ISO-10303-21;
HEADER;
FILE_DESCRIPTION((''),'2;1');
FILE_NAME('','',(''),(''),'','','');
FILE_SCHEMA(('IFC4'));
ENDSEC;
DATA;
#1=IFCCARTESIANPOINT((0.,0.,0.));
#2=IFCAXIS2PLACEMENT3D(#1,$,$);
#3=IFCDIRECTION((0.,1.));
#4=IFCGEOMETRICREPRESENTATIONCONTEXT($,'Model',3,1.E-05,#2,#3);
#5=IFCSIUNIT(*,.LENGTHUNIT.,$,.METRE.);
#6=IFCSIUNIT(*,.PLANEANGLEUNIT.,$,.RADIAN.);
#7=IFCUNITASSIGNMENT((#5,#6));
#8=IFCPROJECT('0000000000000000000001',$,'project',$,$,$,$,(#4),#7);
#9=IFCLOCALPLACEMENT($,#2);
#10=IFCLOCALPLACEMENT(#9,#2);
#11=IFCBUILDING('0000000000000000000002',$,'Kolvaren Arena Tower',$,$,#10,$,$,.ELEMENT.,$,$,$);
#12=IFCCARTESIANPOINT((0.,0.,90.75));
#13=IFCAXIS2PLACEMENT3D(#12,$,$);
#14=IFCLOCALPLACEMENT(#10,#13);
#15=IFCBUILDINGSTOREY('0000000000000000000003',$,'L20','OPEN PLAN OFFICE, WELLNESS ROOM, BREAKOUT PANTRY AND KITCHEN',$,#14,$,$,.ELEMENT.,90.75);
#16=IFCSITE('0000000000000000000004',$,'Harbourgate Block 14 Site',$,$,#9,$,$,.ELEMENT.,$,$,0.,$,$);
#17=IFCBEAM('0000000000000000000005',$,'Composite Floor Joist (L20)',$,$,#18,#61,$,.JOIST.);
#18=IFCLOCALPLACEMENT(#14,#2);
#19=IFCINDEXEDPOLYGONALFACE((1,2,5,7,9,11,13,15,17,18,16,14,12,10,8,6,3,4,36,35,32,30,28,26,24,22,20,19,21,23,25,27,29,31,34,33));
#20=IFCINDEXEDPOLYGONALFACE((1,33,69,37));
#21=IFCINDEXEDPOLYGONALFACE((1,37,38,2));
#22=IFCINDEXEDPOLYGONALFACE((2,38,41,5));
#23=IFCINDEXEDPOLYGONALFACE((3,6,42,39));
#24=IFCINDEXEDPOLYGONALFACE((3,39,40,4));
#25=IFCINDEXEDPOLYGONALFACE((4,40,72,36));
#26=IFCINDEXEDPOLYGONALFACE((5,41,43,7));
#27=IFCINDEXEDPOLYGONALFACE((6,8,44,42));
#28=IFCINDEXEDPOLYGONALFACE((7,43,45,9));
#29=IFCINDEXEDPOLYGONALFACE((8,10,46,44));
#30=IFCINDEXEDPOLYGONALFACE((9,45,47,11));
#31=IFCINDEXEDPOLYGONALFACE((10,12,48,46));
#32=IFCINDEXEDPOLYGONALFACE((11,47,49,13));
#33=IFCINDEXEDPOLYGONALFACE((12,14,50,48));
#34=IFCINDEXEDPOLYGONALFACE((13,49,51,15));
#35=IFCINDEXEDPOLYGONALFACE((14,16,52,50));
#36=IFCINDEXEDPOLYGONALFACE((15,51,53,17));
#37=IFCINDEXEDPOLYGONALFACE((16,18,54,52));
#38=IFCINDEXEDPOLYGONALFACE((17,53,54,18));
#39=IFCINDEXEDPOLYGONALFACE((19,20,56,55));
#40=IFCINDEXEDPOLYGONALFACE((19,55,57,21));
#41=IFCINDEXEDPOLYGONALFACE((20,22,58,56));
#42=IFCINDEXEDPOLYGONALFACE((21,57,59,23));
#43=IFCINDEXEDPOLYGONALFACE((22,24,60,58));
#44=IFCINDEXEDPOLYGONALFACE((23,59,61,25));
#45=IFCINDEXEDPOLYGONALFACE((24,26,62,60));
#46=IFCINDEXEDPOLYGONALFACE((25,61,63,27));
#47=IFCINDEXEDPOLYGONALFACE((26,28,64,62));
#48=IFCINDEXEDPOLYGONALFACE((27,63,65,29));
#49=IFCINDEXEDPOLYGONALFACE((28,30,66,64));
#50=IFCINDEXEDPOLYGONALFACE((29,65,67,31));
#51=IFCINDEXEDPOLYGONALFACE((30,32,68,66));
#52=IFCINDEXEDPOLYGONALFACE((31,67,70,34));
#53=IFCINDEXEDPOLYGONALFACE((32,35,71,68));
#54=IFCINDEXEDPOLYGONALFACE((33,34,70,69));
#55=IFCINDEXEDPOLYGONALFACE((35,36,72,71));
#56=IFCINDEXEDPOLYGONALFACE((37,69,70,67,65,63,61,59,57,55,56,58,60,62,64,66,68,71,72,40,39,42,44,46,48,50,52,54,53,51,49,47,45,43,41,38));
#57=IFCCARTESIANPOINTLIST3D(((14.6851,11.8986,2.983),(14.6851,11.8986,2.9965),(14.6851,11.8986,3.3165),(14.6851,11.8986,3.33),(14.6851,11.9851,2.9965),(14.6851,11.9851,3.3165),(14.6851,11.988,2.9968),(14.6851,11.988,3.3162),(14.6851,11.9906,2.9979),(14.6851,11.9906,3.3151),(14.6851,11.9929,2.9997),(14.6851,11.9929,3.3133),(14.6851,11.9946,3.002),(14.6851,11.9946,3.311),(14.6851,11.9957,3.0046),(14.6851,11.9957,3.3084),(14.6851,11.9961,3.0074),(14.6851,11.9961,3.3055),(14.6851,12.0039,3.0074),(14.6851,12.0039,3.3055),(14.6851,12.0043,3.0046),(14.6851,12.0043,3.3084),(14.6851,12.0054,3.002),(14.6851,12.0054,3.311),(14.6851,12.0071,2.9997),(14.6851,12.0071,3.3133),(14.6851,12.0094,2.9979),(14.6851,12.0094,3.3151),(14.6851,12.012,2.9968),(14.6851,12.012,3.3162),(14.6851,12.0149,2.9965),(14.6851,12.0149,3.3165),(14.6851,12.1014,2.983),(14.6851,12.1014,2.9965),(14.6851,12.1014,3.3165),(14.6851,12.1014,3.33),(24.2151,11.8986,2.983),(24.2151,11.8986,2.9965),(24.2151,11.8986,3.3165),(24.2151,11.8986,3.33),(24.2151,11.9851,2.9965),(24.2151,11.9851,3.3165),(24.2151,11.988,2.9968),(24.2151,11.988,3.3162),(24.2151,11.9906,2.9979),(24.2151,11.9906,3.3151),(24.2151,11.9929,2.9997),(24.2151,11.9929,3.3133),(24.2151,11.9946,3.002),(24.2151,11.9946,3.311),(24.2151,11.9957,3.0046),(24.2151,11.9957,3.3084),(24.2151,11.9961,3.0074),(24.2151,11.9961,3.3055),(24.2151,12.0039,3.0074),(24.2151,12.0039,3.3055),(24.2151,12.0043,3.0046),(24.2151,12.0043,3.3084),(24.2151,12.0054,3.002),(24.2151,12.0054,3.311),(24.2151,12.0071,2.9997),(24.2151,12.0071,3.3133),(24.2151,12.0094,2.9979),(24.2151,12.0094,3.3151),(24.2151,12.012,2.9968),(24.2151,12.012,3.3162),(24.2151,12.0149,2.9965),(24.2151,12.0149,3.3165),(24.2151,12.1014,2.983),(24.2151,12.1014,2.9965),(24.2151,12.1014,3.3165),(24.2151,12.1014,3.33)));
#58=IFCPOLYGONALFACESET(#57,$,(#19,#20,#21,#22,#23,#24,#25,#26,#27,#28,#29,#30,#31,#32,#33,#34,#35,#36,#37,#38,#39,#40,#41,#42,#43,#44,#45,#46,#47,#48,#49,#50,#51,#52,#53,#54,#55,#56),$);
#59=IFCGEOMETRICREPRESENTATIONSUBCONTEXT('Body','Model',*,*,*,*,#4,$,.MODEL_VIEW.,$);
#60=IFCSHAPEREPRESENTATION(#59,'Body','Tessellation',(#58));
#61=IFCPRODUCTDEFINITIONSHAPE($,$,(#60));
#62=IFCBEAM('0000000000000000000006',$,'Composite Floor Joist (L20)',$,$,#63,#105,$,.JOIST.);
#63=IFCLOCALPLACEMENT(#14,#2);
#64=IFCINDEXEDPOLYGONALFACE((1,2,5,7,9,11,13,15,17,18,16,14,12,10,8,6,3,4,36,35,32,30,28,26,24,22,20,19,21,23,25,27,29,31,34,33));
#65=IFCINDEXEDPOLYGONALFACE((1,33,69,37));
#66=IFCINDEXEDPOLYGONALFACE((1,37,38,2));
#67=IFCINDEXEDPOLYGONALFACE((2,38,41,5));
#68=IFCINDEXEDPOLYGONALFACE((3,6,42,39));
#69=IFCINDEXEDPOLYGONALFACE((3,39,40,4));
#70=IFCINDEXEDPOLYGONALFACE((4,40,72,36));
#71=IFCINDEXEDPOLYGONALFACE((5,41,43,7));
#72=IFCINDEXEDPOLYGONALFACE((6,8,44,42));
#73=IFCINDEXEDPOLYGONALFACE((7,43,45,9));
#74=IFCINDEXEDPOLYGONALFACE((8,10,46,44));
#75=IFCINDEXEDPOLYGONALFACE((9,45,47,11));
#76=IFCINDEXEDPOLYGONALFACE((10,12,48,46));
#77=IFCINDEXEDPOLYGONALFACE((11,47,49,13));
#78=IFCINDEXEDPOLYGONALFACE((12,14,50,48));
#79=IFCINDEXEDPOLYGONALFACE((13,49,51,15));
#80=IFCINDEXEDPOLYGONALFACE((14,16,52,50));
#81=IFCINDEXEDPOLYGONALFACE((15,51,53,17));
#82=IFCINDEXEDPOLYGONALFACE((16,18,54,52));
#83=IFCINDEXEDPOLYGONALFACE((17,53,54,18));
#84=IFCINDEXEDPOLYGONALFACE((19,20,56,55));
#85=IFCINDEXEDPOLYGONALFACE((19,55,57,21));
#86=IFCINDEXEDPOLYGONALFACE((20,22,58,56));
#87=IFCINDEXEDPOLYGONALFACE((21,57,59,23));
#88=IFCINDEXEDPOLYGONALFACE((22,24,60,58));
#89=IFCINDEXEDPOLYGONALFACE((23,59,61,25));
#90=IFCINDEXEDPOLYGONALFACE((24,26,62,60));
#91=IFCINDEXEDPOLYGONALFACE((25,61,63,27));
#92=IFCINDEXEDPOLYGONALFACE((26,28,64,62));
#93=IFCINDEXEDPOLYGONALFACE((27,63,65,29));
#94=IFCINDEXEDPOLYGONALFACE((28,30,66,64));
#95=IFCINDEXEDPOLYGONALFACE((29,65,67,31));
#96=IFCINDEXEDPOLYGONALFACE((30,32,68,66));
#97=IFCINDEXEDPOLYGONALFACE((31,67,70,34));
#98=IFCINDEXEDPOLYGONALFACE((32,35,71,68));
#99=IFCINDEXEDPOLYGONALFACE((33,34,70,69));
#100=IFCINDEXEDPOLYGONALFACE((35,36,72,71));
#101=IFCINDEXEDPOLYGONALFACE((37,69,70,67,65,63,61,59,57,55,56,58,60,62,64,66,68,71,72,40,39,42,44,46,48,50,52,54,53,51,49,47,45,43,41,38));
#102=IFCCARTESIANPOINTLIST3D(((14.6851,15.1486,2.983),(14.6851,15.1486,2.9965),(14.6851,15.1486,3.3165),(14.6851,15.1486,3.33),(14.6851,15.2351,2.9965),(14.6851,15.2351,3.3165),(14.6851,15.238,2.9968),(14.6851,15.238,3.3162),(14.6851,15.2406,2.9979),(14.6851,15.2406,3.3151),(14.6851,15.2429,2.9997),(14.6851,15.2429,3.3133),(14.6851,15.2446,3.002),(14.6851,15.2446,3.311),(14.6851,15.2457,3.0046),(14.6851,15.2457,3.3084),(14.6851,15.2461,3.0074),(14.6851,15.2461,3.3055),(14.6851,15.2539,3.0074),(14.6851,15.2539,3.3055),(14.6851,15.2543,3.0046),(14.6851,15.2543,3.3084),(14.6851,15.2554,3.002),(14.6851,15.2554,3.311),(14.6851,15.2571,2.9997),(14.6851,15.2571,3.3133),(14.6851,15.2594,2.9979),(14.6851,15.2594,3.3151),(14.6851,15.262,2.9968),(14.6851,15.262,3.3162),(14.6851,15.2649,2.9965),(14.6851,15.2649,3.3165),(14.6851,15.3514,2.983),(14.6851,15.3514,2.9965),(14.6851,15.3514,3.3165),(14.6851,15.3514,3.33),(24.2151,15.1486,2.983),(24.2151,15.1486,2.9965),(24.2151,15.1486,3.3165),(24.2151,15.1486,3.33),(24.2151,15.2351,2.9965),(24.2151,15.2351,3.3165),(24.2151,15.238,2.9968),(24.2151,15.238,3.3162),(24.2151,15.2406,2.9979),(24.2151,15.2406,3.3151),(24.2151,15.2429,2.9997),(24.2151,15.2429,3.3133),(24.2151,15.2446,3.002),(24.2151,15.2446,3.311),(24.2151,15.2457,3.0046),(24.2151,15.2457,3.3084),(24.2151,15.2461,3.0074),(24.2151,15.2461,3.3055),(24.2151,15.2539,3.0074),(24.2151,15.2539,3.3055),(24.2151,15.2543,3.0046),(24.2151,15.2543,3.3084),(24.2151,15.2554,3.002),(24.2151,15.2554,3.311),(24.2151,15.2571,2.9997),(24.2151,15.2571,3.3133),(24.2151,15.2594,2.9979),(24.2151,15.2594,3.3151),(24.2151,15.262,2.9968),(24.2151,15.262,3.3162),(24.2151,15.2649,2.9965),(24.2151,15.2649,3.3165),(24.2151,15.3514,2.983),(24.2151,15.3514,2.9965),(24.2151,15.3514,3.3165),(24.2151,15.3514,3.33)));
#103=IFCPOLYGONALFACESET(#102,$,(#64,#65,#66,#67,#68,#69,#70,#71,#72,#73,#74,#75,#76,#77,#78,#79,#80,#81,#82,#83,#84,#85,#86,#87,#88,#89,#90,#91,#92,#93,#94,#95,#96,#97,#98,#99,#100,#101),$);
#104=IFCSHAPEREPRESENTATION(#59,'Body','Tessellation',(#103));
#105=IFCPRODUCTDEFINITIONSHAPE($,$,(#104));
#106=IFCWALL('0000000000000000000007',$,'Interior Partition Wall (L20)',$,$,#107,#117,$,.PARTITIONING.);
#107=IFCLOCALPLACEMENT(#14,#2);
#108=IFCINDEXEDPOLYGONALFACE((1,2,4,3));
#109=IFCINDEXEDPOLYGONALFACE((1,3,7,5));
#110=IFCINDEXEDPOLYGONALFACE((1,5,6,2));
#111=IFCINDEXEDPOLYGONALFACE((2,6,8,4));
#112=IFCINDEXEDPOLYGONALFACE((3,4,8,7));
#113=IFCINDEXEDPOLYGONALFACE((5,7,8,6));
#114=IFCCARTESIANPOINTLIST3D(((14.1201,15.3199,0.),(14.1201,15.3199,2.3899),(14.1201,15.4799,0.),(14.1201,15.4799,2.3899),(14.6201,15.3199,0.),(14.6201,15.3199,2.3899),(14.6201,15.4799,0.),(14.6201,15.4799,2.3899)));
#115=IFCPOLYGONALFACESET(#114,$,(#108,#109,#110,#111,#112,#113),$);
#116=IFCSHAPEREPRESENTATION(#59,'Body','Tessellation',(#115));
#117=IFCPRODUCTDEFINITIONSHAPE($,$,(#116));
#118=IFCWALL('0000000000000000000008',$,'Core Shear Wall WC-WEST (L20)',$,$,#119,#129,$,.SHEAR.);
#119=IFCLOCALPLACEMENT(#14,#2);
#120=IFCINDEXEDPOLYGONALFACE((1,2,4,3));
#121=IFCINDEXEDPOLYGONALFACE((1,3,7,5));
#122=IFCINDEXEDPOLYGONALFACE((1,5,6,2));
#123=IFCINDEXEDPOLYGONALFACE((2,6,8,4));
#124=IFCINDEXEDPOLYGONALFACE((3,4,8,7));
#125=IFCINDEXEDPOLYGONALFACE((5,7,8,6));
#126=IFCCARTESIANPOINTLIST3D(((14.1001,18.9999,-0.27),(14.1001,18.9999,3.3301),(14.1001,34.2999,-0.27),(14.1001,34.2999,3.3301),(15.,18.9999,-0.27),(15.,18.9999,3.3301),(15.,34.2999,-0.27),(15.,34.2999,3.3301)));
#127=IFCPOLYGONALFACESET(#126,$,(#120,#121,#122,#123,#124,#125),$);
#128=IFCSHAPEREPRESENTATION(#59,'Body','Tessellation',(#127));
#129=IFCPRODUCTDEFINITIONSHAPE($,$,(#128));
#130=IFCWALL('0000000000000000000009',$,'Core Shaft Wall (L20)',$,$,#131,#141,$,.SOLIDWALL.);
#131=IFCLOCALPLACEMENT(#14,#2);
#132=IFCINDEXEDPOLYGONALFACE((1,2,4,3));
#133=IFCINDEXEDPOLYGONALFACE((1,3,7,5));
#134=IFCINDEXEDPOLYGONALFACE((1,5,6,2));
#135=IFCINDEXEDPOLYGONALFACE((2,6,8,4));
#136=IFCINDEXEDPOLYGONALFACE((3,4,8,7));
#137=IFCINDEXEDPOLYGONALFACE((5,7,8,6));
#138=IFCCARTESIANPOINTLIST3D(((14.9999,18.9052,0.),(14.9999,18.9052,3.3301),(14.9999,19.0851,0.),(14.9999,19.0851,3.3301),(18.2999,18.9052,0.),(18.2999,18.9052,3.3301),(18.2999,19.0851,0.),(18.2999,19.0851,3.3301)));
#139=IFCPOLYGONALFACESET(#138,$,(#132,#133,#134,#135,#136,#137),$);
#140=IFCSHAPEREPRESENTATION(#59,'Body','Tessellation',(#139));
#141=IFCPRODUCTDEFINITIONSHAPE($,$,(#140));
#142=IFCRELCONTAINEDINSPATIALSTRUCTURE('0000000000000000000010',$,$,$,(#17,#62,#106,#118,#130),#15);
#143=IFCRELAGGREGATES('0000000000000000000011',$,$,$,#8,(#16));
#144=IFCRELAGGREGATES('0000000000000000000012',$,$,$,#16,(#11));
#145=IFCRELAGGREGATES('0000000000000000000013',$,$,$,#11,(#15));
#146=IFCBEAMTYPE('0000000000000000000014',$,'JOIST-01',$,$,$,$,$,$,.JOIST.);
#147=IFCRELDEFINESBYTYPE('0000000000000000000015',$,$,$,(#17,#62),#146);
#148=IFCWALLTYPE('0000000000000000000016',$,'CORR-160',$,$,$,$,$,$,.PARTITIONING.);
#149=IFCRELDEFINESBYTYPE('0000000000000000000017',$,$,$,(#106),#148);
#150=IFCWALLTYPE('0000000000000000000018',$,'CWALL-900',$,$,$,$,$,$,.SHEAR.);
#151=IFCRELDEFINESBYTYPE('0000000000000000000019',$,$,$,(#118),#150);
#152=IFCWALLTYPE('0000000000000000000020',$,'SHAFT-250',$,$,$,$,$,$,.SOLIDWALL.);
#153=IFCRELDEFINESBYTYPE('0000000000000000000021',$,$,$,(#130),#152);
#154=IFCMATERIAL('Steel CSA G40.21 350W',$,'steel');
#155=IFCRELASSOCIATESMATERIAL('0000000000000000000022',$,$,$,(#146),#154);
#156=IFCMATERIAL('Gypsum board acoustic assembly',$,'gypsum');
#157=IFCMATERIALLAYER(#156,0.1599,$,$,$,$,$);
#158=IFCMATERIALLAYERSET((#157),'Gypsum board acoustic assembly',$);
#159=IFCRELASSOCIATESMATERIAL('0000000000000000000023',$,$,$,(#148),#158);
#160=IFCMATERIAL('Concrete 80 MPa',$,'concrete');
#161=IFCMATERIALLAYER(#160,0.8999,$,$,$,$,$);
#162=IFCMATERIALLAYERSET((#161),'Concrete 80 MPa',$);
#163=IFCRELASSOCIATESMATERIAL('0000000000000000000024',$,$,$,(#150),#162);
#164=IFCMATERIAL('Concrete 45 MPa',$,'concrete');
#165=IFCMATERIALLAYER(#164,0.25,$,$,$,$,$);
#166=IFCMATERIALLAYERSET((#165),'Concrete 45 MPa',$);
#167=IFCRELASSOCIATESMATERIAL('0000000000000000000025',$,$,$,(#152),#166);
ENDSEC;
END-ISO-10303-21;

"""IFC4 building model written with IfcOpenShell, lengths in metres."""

from ifc_helpers import new_model, si_unit, direction, frame, frame_2d, origin, origin_2d, place, context, subcontext, project, spatial, rectangle, i_section, extrude, material, layer, layer_set, material_profile, profile_set, type_object, element, save


model = new_model("IFC4")

# Units and contexts
model_context = context("Model", 3, precision=1e-05, world=origin(), true_north=direction((0.0, 1.0)))
body_context = subcontext(model_context, "Body", "Model", "MODEL_VIEW")
ifc_project = project(units=[si_unit("LENGTHUNIT", "METRE"), si_unit("PLANEANGLEUNIT", "RADIAN")], contexts=[model_context])

# Site, building, storey
site_placement = place(None, origin())
site = spatial("IfcSite", under=ifc_project, at=site_placement, Name="Harbourgate Block 14 Site", CompositionType="ELEMENT", RefElevation=0.0)
building_placement = place(site_placement, origin())
building = spatial("IfcBuilding", under=site, at=building_placement, Name="Kolvaren Arena Tower", CompositionType="ELEMENT")
storey_placement = place(building_placement, frame((0.0, 0.0, 90.75)))
storey = spatial("IfcBuildingStorey", under=building, at=storey_placement, Name="L20", Description="OPEN PLAN OFFICE, WELLNESS ROOM, BREAKOUT PANTRY AND KITCHEN", CompositionType="ELEMENT", Elevation=90.75)

# Beams
ifc_material_1 = material(Name="Steel CSA G40.21 350W", Category="steel")
ifc_material_profile_1 = material_profile(ifc_material_1, i_section(OverallWidth=0.2029, OverallDepth=0.3469, WebThickness=0.0078, FlangeThickness=0.0134, FilletRadius=0.011, at=origin_2d()), Name="W360x64")
ifc_profile_set_1 = profile_set([ifc_material_profile_1], Name="Steel CSA G40.21 350W")
beam_type_1 = type_object("IfcBeamType", Name="JOIST-01", PredefinedType="JOIST", material=ifc_profile_set_1)
for number, where, z_axis, x_axis, name in (
    (1, (14.6851, 12.0, 3.1565), (1.0, 0.0, 0.0), (0.0, 1.0, 0.0), "Composite Floor Joist (L20)"),
    (2, (14.6851, 15.25, 3.1565), (1.0, 0.0, 0.0), (0.0, 1.0, 0.0), "Composite Floor Joist (L20)"),
):
    element("IfcBeam", number, at=place(storey_placement, frame(where, z_axis=z_axis, x_axis=x_axis)), inside=storey, type_object=beam_type_1, Name=name, PredefinedType="JOIST", context=body_context, shape_type="SweptSolid", body=[
        extrude(i_section(OverallWidth=0.2029, OverallDepth=0.3469, WebThickness=0.0078, FlangeThickness=0.0134, FilletRadius=0.011, at=origin_2d()), origin(), (0.0, 0.0, 1.0), 9.53),
    ])

# Walls
ifc_material_2 = material(Name="Gypsum board acoustic assembly", Category="gypsum")
ifc_layer_1 = layer(ifc_material_2, 0.1599)
ifc_layer_set_1 = layer_set([ifc_layer_1], Name="Gypsum board acoustic assembly")
wall_type_1 = type_object("IfcWallType", Name="CORR-160", PredefinedType="PARTITIONING", material=ifc_layer_set_1)
wall_1_placement = place(storey_placement, frame((14.1201, 15.3999, 0.0), z_axis=(0.0, 0.0, 1.0), x_axis=(1.0, 0.0, 0.0)))
element("IfcWall", 3, at=wall_1_placement, inside=storey, type_object=wall_type_1, Name="Interior Partition Wall (L20)", PredefinedType="PARTITIONING", context=body_context, shape_type="SweptSolid", body=[
    extrude(rectangle(XDim=0.5, YDim=0.1599, at=frame_2d((0.25, 0.0))), origin(), (0.0, 0.0, 1.0), 2.3899),
])
ifc_material_3 = material(Name="Concrete 80 MPa", Category="concrete")
ifc_layer_2 = layer(ifc_material_3, 0.8999)
ifc_layer_set_2 = layer_set([ifc_layer_2], Name="Concrete 80 MPa")
wall_type_2 = type_object("IfcWallType", Name="CWALL-900", PredefinedType="SHEAR", material=ifc_layer_set_2)
wall_2_placement = place(storey_placement, frame((14.55, 19.0, -0.27), z_axis=(0.0, 0.0, 1.0), x_axis=(0.0, 1.0, 0.0)))
element("IfcWall", 4, at=wall_2_placement, inside=storey, type_object=wall_type_2, Name="Core Shear Wall WC-WEST (L20)", PredefinedType="SHEAR", context=body_context, shape_type="SweptSolid", body=[
    extrude(rectangle(XDim=15.3, YDim=0.8999, at=frame_2d((7.6499, 0.0))), origin(), (0.0, 0.0, 1.0), 3.6001),
])
ifc_material_4 = material(Name="Concrete 45 MPa", Category="concrete")
ifc_layer_3 = layer(ifc_material_4, 0.25)
ifc_layer_set_3 = layer_set([ifc_layer_3], Name="Concrete 45 MPa")
wall_type_3 = type_object("IfcWallType", Name="SHAFT-250", PredefinedType="SOLIDWALL", material=ifc_layer_set_3)
wall_3_placement = place(storey_placement, frame((15.0, 18.9951, 0.0), z_axis=(0.0, 0.0, 1.0), x_axis=(1.0, 0.0, 0.0)))
element("IfcWall", 5, at=wall_3_placement, inside=storey, type_object=wall_type_3, Name="Core Shaft Wall (L20)", PredefinedType="SOLIDWALL", context=body_context, shape_type="SweptSolid", body=[
    extrude(rectangle(XDim=3.3, YDim=0.1799, at=frame_2d((1.6499, 0.0))), origin(), (0.0, 0.0, 1.0), 3.3301),
])

save(model, "model.ifc")
